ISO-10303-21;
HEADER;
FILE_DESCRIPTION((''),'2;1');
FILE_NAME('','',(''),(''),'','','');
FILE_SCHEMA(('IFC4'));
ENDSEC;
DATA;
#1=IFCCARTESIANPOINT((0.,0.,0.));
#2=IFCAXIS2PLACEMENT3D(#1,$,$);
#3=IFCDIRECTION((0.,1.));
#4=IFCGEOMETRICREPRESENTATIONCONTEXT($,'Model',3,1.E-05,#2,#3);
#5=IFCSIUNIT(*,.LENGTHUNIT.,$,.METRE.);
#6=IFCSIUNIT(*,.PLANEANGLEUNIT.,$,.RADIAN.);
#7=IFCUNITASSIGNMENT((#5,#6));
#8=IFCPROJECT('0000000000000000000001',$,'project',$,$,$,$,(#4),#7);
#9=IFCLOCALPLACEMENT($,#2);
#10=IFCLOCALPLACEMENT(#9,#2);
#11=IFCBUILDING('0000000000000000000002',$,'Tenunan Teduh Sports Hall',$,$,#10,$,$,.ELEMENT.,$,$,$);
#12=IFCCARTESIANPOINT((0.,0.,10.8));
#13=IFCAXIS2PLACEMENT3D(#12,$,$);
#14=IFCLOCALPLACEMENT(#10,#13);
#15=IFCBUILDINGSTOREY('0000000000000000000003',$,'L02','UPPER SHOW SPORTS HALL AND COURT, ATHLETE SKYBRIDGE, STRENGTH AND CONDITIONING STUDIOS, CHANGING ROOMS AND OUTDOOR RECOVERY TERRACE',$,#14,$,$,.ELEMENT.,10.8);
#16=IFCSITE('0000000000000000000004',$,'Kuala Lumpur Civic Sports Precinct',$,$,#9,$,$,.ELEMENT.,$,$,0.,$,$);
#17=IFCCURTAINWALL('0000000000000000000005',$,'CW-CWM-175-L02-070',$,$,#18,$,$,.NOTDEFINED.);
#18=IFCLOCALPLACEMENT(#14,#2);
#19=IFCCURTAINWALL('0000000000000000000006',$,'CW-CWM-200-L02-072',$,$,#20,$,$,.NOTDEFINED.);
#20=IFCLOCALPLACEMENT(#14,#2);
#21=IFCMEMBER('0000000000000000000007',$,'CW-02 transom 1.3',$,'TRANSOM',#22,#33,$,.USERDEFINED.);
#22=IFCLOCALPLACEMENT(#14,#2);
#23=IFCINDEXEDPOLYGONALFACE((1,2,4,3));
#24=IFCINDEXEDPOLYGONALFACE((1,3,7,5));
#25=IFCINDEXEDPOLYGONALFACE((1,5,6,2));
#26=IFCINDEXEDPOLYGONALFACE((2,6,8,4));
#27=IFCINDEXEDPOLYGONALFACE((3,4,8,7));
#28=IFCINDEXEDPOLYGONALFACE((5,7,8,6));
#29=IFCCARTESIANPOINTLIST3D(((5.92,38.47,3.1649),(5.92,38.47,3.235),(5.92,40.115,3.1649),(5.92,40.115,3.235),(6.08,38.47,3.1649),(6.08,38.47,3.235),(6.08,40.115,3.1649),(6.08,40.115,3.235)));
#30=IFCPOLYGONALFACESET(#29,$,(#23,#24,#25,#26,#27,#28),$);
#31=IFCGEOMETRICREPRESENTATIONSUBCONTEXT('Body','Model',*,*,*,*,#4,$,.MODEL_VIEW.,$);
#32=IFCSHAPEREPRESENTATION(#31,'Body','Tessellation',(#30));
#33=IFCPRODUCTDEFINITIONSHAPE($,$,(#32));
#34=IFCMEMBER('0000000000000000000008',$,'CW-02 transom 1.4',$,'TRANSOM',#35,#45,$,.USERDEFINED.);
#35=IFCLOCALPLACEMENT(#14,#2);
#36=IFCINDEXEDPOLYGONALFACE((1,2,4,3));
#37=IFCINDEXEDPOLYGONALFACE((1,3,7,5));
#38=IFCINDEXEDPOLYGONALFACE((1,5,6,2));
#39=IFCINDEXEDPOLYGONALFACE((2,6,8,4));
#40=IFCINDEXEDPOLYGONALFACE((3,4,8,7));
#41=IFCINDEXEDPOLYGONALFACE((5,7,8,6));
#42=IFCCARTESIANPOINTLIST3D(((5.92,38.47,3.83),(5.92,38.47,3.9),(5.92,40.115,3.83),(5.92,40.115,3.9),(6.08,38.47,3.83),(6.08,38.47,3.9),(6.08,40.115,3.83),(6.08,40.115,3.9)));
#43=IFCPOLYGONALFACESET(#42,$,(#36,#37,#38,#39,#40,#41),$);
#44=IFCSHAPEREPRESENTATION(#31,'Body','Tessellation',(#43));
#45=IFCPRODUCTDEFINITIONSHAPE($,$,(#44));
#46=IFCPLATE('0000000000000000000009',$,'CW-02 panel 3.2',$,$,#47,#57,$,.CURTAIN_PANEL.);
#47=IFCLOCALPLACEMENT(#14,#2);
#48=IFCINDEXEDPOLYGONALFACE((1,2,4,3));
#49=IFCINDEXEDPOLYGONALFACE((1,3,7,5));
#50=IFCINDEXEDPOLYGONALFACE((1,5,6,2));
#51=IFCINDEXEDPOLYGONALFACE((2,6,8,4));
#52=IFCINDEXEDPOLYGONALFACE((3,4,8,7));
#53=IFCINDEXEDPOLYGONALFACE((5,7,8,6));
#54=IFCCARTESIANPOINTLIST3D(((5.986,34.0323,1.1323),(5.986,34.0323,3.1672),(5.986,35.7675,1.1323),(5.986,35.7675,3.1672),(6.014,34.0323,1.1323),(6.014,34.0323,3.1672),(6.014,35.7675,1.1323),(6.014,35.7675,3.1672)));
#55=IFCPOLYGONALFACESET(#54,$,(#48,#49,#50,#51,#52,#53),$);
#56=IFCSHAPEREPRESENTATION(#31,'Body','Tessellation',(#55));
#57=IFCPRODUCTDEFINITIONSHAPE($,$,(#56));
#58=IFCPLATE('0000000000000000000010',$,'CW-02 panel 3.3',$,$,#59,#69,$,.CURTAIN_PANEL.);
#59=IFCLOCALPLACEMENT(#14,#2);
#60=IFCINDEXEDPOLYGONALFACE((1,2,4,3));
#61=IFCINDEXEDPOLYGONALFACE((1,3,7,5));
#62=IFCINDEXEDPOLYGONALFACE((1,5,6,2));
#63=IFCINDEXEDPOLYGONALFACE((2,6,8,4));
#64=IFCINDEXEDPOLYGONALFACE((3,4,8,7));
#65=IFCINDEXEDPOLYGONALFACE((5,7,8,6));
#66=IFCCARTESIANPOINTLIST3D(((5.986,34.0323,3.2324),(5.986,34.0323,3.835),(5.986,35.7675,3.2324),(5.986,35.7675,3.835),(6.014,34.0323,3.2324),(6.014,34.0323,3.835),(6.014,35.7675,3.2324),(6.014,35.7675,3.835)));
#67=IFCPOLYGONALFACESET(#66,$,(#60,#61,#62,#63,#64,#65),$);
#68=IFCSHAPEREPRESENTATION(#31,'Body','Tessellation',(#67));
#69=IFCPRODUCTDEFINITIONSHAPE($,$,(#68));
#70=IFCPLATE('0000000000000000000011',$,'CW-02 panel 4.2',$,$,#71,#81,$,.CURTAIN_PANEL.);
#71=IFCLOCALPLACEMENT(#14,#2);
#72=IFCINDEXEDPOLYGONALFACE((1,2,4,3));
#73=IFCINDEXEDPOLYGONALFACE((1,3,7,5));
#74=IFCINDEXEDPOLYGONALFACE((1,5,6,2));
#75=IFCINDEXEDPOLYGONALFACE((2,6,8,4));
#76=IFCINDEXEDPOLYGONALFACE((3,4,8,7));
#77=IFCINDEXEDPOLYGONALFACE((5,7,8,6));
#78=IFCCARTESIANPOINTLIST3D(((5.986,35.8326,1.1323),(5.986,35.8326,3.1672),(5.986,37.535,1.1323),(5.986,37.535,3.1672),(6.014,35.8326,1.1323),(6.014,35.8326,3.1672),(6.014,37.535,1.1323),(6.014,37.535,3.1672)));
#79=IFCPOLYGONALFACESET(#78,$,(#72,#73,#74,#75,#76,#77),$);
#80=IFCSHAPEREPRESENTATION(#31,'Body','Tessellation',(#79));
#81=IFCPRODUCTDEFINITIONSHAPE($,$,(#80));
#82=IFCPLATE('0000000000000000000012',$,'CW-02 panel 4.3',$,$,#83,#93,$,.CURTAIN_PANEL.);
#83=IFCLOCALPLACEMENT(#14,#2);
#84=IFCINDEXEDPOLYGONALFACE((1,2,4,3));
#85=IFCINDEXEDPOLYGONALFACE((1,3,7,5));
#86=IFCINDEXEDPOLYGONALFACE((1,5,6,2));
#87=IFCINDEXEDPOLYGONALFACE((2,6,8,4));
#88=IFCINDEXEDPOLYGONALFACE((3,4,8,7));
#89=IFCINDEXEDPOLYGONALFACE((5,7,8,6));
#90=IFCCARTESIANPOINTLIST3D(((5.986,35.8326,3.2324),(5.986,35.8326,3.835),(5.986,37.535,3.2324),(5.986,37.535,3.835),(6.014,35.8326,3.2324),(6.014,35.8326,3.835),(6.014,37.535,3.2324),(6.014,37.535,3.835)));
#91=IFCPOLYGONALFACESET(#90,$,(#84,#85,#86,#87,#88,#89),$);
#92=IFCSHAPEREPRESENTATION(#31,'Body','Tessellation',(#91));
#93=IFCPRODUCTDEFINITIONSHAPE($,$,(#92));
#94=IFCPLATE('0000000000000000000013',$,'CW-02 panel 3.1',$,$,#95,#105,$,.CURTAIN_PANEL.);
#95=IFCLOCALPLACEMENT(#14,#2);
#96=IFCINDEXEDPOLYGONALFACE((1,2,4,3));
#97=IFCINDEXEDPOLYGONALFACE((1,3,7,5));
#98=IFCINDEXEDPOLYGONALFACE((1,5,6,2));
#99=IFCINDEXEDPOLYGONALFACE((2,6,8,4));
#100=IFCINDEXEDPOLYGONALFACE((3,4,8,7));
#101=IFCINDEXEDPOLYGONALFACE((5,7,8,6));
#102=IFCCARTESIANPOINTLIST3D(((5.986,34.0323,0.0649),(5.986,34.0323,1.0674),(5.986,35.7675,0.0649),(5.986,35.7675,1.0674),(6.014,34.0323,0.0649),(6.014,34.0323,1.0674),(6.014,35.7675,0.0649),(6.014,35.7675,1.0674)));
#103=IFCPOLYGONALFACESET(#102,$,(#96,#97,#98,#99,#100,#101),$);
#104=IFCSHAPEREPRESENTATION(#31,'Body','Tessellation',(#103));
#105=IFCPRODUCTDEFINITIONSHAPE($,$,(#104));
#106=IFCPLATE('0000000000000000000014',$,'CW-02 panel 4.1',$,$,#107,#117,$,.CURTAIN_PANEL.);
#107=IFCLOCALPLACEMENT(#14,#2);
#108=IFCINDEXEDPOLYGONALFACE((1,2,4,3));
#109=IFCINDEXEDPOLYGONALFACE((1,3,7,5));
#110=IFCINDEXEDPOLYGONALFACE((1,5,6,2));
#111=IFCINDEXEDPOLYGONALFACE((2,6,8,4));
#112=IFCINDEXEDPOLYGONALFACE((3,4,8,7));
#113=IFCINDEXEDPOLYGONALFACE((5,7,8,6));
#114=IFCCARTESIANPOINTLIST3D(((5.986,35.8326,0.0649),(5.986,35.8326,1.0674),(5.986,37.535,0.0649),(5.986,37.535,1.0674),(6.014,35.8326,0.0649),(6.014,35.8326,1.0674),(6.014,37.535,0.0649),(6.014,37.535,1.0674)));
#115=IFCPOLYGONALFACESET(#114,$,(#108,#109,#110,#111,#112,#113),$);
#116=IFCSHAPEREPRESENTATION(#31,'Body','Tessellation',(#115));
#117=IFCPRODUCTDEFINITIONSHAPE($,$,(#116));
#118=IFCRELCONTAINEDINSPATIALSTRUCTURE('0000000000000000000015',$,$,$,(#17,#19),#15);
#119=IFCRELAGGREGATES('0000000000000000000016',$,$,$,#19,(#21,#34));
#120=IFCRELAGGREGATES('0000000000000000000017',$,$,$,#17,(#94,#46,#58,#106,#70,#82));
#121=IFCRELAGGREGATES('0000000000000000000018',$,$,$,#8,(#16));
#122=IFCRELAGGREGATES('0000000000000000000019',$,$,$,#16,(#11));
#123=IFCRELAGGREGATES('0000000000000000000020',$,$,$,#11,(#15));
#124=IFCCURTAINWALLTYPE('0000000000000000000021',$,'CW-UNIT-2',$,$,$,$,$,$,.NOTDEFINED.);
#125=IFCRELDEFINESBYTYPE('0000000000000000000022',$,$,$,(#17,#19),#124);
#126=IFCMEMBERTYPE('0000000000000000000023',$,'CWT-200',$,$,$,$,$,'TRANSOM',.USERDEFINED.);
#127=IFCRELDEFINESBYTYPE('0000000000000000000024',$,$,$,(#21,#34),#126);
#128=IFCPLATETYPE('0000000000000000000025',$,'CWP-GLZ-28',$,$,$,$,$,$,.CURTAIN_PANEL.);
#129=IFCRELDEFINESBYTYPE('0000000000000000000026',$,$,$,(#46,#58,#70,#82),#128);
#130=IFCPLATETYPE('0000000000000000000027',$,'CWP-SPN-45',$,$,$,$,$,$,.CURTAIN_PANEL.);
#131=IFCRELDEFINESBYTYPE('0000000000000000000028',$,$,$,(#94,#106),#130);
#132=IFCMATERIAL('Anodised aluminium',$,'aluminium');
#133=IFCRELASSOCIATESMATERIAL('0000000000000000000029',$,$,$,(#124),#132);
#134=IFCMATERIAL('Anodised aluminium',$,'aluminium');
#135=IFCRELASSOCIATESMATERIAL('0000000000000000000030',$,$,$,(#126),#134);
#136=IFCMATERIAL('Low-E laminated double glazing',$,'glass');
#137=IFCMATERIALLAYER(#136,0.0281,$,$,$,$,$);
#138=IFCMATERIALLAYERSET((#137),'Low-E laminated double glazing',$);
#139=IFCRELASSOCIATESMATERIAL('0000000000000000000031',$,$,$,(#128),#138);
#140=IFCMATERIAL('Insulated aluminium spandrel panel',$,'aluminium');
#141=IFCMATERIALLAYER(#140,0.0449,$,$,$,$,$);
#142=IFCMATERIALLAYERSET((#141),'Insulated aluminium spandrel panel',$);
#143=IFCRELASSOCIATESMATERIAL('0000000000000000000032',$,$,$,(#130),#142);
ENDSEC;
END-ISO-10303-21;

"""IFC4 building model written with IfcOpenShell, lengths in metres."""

from ifc_helpers import new_model, si_unit, direction, frame, origin, origin_2d, place, context, subcontext, project, spatial, rectangle, extrude, material, layer, layer_set, material_profile, profile_set, type_object, element, aggregate, save


model = new_model("IFC4")

# Units and contexts
model_context = context("Model", 3, precision=1e-05, world=origin(), true_north=direction((0.0, 1.0)))
body_context = subcontext(model_context, "Body", "Model", "MODEL_VIEW")
ifc_project = project(units=[si_unit("LENGTHUNIT", "METRE"), si_unit("PLANEANGLEUNIT", "RADIAN")], contexts=[model_context])

# Site, building, storey
site_placement = place(None, origin())
site = spatial("IfcSite", under=ifc_project, at=site_placement, Name="Kuala Lumpur Civic Sports Precinct", CompositionType="ELEMENT", RefElevation=0.0)
building_placement = place(site_placement, origin())
building = spatial("IfcBuilding", under=site, at=building_placement, Name="Tenunan Teduh Sports Hall", CompositionType="ELEMENT")
storey_placement = place(building_placement, frame((0.0, 0.0, 10.8)))
storey = spatial("IfcBuildingStorey", under=building, at=storey_placement, Name="L02", Description="UPPER SHOW SPORTS HALL AND COURT, ATHLETE SKYBRIDGE, STRENGTH AND CONDITIONING STUDIOS, CHANGING ROOMS AND OUTDOOR RECOVERY TERRACE", CompositionType="ELEMENT", Elevation=10.8)

# Curtain wall
ifc_material_1 = material(Name="Anodised aluminium", Category="aluminium")
curtain_wall_type = type_object("IfcCurtainWallType", Name="CW-UNIT-2", PredefinedType="NOTDEFINED", material=ifc_material_1)
curtain_wall_1_placement = place(storey_placement, origin())
curtain_wall_1 = element("IfcCurtainWall", 1, at=curtain_wall_1_placement, inside=storey, type_object=curtain_wall_type, Name="CW-CWM-175-L02-070", PredefinedType="NOTDEFINED")

# Curtain wall
curtain_wall_2_placement = place(storey_placement, origin())
curtain_wall_2 = element("IfcCurtainWall", 2, at=curtain_wall_2_placement, inside=storey, type_object=curtain_wall_type, Name="CW-CWM-200-L02-072", PredefinedType="NOTDEFINED")

# Members
ifc_material_2 = material(Name="Anodised aluminium", Category="aluminium")
ifc_material_profile_1 = material_profile(ifc_material_2, rectangle(XDim=0.0701, YDim=0.1599, at=origin_2d()), Name="CWT 70x160")
ifc_profile_set_1 = profile_set([ifc_material_profile_1], Name="Anodised aluminium")
member_type_1 = type_object("IfcMemberType", Name="CWT-200", ElementType="TRANSOM", PredefinedType="USERDEFINED", material=ifc_profile_set_1)
member_1_placement = place(storey_placement, frame((6.0, 38.47, 3.2), z_axis=(0.0, 1.0, 0.0), x_axis=(0.0, 0.0, 1.0)))
member_1 = element("IfcMember", 3, at=member_1_placement, type_object=member_type_1, Name="CW-02 transom 1.3", ObjectType="TRANSOM", PredefinedType="USERDEFINED", context=body_context, shape_type="SweptSolid", body=[
    extrude(rectangle(XDim=0.0701, YDim=0.1599, at=origin_2d()), origin(), (0.0, 0.0, 1.0), 1.645),
])
member_2_placement = place(storey_placement, frame((6.0, 38.47, 3.865), z_axis=(0.0, 1.0, 0.0), x_axis=(0.0, 0.0, 1.0)))
member_2 = element("IfcMember", 4, at=member_2_placement, type_object=member_type_1, Name="CW-02 transom 1.4", ObjectType="TRANSOM", PredefinedType="USERDEFINED", context=body_context, shape_type="SweptSolid", body=[
    extrude(rectangle(XDim=0.0701, YDim=0.1599, at=origin_2d()), origin(), (0.0, 0.0, 1.0), 1.645),
])
aggregate(curtain_wall_2, [member_1, member_2])

# Plates
ifc_material_3 = material(Name="Low-E laminated double glazing", Category="glass")
ifc_layer_1 = layer(ifc_material_3, 0.0281)
ifc_layer_set_1 = layer_set([ifc_layer_1], Name="Low-E laminated double glazing")
plate_type_1 = type_object("IfcPlateType", Name="CWP-GLZ-28", PredefinedType="CURTAIN_PANEL", material=ifc_layer_set_1)
plate_1_placement = place(storey_placement, frame((6.0, 34.8999, 1.1323), z_axis=(0.0, 0.0, 1.0), x_axis=(0.0, 1.0, 0.0)))
plate_1 = element("IfcPlate", 5, at=plate_1_placement, type_object=plate_type_1, Name="CW-02 panel 3.2", PredefinedType="CURTAIN_PANEL", context=body_context, shape_type="SweptSolid", body=[
    extrude(rectangle(XDim=1.7351, YDim=0.0281, at=origin_2d()), origin(), (0.0, 0.0, 1.0), 2.0349),
])
plate_2_placement = place(storey_placement, frame((6.0, 34.8999, 3.2324), z_axis=(0.0, 0.0, 1.0), x_axis=(0.0, 1.0, 0.0)))
plate_2 = element("IfcPlate", 6, at=plate_2_placement, type_object=plate_type_1, Name="CW-02 panel 3.3", PredefinedType="CURTAIN_PANEL", context=body_context, shape_type="SweptSolid", body=[
    extrude(rectangle(XDim=1.7351, YDim=0.0281, at=origin_2d()), origin(), (0.0, 0.0, 1.0), 0.6025),
])
plate_3_placement = place(storey_placement, frame((6.0, 36.6838, 1.1323), z_axis=(0.0, 0.0, 1.0), x_axis=(0.0, 1.0, 0.0)))
plate_3 = element("IfcPlate", 7, at=plate_3_placement, type_object=plate_type_1, Name="CW-02 panel 4.2", PredefinedType="CURTAIN_PANEL", context=body_context, shape_type="SweptSolid", body=[
    extrude(rectangle(XDim=1.7024, YDim=0.0281, at=origin_2d()), origin(), (0.0, 0.0, 1.0), 2.0349),
])
plate_4_placement = place(storey_placement, frame((6.0, 36.6838, 3.2324), z_axis=(0.0, 0.0, 1.0), x_axis=(0.0, 1.0, 0.0)))
plate_4 = element("IfcPlate", 8, at=plate_4_placement, type_object=plate_type_1, Name="CW-02 panel 4.3", PredefinedType="CURTAIN_PANEL", context=body_context, shape_type="SweptSolid", body=[
    extrude(rectangle(XDim=1.7024, YDim=0.0281, at=origin_2d()), origin(), (0.0, 0.0, 1.0), 0.6025),
])
ifc_material_4 = material(Name="Insulated aluminium spandrel panel", Category="aluminium")
ifc_layer_2 = layer(ifc_material_4, 0.0449)
ifc_layer_set_2 = layer_set([ifc_layer_2], Name="Insulated aluminium spandrel panel")
plate_type_2 = type_object("IfcPlateType", Name="CWP-SPN-45", PredefinedType="CURTAIN_PANEL", material=ifc_layer_set_2)
plate_5_placement = place(storey_placement, frame((6.0, 34.8999, 0.0649), z_axis=(0.0, 0.0, 1.0), x_axis=(0.0, 1.0, 0.0)))
plate_5 = element("IfcPlate", 9, at=plate_5_placement, type_object=plate_type_2, Name="CW-02 panel 3.1", PredefinedType="CURTAIN_PANEL", context=body_context, shape_type="SweptSolid", body=[
    extrude(rectangle(XDim=1.7351, YDim=0.0281, at=origin_2d()), origin(), (0.0, 0.0, 1.0), 1.0024),
])
plate_6_placement = place(storey_placement, frame((6.0, 36.6838, 0.0649), z_axis=(0.0, 0.0, 1.0), x_axis=(0.0, 1.0, 0.0)))
plate_6 = element("IfcPlate", 10, at=plate_6_placement, type_object=plate_type_2, Name="CW-02 panel 4.1", PredefinedType="CURTAIN_PANEL", context=body_context, shape_type="SweptSolid", body=[
    extrude(rectangle(XDim=1.7024, YDim=0.0281, at=origin_2d()), origin(), (0.0, 0.0, 1.0), 1.0024),
])
aggregate(curtain_wall_1, [plate_5, plate_1, plate_2, plate_6, plate_3, plate_4])

save(model, "model.ifc")
